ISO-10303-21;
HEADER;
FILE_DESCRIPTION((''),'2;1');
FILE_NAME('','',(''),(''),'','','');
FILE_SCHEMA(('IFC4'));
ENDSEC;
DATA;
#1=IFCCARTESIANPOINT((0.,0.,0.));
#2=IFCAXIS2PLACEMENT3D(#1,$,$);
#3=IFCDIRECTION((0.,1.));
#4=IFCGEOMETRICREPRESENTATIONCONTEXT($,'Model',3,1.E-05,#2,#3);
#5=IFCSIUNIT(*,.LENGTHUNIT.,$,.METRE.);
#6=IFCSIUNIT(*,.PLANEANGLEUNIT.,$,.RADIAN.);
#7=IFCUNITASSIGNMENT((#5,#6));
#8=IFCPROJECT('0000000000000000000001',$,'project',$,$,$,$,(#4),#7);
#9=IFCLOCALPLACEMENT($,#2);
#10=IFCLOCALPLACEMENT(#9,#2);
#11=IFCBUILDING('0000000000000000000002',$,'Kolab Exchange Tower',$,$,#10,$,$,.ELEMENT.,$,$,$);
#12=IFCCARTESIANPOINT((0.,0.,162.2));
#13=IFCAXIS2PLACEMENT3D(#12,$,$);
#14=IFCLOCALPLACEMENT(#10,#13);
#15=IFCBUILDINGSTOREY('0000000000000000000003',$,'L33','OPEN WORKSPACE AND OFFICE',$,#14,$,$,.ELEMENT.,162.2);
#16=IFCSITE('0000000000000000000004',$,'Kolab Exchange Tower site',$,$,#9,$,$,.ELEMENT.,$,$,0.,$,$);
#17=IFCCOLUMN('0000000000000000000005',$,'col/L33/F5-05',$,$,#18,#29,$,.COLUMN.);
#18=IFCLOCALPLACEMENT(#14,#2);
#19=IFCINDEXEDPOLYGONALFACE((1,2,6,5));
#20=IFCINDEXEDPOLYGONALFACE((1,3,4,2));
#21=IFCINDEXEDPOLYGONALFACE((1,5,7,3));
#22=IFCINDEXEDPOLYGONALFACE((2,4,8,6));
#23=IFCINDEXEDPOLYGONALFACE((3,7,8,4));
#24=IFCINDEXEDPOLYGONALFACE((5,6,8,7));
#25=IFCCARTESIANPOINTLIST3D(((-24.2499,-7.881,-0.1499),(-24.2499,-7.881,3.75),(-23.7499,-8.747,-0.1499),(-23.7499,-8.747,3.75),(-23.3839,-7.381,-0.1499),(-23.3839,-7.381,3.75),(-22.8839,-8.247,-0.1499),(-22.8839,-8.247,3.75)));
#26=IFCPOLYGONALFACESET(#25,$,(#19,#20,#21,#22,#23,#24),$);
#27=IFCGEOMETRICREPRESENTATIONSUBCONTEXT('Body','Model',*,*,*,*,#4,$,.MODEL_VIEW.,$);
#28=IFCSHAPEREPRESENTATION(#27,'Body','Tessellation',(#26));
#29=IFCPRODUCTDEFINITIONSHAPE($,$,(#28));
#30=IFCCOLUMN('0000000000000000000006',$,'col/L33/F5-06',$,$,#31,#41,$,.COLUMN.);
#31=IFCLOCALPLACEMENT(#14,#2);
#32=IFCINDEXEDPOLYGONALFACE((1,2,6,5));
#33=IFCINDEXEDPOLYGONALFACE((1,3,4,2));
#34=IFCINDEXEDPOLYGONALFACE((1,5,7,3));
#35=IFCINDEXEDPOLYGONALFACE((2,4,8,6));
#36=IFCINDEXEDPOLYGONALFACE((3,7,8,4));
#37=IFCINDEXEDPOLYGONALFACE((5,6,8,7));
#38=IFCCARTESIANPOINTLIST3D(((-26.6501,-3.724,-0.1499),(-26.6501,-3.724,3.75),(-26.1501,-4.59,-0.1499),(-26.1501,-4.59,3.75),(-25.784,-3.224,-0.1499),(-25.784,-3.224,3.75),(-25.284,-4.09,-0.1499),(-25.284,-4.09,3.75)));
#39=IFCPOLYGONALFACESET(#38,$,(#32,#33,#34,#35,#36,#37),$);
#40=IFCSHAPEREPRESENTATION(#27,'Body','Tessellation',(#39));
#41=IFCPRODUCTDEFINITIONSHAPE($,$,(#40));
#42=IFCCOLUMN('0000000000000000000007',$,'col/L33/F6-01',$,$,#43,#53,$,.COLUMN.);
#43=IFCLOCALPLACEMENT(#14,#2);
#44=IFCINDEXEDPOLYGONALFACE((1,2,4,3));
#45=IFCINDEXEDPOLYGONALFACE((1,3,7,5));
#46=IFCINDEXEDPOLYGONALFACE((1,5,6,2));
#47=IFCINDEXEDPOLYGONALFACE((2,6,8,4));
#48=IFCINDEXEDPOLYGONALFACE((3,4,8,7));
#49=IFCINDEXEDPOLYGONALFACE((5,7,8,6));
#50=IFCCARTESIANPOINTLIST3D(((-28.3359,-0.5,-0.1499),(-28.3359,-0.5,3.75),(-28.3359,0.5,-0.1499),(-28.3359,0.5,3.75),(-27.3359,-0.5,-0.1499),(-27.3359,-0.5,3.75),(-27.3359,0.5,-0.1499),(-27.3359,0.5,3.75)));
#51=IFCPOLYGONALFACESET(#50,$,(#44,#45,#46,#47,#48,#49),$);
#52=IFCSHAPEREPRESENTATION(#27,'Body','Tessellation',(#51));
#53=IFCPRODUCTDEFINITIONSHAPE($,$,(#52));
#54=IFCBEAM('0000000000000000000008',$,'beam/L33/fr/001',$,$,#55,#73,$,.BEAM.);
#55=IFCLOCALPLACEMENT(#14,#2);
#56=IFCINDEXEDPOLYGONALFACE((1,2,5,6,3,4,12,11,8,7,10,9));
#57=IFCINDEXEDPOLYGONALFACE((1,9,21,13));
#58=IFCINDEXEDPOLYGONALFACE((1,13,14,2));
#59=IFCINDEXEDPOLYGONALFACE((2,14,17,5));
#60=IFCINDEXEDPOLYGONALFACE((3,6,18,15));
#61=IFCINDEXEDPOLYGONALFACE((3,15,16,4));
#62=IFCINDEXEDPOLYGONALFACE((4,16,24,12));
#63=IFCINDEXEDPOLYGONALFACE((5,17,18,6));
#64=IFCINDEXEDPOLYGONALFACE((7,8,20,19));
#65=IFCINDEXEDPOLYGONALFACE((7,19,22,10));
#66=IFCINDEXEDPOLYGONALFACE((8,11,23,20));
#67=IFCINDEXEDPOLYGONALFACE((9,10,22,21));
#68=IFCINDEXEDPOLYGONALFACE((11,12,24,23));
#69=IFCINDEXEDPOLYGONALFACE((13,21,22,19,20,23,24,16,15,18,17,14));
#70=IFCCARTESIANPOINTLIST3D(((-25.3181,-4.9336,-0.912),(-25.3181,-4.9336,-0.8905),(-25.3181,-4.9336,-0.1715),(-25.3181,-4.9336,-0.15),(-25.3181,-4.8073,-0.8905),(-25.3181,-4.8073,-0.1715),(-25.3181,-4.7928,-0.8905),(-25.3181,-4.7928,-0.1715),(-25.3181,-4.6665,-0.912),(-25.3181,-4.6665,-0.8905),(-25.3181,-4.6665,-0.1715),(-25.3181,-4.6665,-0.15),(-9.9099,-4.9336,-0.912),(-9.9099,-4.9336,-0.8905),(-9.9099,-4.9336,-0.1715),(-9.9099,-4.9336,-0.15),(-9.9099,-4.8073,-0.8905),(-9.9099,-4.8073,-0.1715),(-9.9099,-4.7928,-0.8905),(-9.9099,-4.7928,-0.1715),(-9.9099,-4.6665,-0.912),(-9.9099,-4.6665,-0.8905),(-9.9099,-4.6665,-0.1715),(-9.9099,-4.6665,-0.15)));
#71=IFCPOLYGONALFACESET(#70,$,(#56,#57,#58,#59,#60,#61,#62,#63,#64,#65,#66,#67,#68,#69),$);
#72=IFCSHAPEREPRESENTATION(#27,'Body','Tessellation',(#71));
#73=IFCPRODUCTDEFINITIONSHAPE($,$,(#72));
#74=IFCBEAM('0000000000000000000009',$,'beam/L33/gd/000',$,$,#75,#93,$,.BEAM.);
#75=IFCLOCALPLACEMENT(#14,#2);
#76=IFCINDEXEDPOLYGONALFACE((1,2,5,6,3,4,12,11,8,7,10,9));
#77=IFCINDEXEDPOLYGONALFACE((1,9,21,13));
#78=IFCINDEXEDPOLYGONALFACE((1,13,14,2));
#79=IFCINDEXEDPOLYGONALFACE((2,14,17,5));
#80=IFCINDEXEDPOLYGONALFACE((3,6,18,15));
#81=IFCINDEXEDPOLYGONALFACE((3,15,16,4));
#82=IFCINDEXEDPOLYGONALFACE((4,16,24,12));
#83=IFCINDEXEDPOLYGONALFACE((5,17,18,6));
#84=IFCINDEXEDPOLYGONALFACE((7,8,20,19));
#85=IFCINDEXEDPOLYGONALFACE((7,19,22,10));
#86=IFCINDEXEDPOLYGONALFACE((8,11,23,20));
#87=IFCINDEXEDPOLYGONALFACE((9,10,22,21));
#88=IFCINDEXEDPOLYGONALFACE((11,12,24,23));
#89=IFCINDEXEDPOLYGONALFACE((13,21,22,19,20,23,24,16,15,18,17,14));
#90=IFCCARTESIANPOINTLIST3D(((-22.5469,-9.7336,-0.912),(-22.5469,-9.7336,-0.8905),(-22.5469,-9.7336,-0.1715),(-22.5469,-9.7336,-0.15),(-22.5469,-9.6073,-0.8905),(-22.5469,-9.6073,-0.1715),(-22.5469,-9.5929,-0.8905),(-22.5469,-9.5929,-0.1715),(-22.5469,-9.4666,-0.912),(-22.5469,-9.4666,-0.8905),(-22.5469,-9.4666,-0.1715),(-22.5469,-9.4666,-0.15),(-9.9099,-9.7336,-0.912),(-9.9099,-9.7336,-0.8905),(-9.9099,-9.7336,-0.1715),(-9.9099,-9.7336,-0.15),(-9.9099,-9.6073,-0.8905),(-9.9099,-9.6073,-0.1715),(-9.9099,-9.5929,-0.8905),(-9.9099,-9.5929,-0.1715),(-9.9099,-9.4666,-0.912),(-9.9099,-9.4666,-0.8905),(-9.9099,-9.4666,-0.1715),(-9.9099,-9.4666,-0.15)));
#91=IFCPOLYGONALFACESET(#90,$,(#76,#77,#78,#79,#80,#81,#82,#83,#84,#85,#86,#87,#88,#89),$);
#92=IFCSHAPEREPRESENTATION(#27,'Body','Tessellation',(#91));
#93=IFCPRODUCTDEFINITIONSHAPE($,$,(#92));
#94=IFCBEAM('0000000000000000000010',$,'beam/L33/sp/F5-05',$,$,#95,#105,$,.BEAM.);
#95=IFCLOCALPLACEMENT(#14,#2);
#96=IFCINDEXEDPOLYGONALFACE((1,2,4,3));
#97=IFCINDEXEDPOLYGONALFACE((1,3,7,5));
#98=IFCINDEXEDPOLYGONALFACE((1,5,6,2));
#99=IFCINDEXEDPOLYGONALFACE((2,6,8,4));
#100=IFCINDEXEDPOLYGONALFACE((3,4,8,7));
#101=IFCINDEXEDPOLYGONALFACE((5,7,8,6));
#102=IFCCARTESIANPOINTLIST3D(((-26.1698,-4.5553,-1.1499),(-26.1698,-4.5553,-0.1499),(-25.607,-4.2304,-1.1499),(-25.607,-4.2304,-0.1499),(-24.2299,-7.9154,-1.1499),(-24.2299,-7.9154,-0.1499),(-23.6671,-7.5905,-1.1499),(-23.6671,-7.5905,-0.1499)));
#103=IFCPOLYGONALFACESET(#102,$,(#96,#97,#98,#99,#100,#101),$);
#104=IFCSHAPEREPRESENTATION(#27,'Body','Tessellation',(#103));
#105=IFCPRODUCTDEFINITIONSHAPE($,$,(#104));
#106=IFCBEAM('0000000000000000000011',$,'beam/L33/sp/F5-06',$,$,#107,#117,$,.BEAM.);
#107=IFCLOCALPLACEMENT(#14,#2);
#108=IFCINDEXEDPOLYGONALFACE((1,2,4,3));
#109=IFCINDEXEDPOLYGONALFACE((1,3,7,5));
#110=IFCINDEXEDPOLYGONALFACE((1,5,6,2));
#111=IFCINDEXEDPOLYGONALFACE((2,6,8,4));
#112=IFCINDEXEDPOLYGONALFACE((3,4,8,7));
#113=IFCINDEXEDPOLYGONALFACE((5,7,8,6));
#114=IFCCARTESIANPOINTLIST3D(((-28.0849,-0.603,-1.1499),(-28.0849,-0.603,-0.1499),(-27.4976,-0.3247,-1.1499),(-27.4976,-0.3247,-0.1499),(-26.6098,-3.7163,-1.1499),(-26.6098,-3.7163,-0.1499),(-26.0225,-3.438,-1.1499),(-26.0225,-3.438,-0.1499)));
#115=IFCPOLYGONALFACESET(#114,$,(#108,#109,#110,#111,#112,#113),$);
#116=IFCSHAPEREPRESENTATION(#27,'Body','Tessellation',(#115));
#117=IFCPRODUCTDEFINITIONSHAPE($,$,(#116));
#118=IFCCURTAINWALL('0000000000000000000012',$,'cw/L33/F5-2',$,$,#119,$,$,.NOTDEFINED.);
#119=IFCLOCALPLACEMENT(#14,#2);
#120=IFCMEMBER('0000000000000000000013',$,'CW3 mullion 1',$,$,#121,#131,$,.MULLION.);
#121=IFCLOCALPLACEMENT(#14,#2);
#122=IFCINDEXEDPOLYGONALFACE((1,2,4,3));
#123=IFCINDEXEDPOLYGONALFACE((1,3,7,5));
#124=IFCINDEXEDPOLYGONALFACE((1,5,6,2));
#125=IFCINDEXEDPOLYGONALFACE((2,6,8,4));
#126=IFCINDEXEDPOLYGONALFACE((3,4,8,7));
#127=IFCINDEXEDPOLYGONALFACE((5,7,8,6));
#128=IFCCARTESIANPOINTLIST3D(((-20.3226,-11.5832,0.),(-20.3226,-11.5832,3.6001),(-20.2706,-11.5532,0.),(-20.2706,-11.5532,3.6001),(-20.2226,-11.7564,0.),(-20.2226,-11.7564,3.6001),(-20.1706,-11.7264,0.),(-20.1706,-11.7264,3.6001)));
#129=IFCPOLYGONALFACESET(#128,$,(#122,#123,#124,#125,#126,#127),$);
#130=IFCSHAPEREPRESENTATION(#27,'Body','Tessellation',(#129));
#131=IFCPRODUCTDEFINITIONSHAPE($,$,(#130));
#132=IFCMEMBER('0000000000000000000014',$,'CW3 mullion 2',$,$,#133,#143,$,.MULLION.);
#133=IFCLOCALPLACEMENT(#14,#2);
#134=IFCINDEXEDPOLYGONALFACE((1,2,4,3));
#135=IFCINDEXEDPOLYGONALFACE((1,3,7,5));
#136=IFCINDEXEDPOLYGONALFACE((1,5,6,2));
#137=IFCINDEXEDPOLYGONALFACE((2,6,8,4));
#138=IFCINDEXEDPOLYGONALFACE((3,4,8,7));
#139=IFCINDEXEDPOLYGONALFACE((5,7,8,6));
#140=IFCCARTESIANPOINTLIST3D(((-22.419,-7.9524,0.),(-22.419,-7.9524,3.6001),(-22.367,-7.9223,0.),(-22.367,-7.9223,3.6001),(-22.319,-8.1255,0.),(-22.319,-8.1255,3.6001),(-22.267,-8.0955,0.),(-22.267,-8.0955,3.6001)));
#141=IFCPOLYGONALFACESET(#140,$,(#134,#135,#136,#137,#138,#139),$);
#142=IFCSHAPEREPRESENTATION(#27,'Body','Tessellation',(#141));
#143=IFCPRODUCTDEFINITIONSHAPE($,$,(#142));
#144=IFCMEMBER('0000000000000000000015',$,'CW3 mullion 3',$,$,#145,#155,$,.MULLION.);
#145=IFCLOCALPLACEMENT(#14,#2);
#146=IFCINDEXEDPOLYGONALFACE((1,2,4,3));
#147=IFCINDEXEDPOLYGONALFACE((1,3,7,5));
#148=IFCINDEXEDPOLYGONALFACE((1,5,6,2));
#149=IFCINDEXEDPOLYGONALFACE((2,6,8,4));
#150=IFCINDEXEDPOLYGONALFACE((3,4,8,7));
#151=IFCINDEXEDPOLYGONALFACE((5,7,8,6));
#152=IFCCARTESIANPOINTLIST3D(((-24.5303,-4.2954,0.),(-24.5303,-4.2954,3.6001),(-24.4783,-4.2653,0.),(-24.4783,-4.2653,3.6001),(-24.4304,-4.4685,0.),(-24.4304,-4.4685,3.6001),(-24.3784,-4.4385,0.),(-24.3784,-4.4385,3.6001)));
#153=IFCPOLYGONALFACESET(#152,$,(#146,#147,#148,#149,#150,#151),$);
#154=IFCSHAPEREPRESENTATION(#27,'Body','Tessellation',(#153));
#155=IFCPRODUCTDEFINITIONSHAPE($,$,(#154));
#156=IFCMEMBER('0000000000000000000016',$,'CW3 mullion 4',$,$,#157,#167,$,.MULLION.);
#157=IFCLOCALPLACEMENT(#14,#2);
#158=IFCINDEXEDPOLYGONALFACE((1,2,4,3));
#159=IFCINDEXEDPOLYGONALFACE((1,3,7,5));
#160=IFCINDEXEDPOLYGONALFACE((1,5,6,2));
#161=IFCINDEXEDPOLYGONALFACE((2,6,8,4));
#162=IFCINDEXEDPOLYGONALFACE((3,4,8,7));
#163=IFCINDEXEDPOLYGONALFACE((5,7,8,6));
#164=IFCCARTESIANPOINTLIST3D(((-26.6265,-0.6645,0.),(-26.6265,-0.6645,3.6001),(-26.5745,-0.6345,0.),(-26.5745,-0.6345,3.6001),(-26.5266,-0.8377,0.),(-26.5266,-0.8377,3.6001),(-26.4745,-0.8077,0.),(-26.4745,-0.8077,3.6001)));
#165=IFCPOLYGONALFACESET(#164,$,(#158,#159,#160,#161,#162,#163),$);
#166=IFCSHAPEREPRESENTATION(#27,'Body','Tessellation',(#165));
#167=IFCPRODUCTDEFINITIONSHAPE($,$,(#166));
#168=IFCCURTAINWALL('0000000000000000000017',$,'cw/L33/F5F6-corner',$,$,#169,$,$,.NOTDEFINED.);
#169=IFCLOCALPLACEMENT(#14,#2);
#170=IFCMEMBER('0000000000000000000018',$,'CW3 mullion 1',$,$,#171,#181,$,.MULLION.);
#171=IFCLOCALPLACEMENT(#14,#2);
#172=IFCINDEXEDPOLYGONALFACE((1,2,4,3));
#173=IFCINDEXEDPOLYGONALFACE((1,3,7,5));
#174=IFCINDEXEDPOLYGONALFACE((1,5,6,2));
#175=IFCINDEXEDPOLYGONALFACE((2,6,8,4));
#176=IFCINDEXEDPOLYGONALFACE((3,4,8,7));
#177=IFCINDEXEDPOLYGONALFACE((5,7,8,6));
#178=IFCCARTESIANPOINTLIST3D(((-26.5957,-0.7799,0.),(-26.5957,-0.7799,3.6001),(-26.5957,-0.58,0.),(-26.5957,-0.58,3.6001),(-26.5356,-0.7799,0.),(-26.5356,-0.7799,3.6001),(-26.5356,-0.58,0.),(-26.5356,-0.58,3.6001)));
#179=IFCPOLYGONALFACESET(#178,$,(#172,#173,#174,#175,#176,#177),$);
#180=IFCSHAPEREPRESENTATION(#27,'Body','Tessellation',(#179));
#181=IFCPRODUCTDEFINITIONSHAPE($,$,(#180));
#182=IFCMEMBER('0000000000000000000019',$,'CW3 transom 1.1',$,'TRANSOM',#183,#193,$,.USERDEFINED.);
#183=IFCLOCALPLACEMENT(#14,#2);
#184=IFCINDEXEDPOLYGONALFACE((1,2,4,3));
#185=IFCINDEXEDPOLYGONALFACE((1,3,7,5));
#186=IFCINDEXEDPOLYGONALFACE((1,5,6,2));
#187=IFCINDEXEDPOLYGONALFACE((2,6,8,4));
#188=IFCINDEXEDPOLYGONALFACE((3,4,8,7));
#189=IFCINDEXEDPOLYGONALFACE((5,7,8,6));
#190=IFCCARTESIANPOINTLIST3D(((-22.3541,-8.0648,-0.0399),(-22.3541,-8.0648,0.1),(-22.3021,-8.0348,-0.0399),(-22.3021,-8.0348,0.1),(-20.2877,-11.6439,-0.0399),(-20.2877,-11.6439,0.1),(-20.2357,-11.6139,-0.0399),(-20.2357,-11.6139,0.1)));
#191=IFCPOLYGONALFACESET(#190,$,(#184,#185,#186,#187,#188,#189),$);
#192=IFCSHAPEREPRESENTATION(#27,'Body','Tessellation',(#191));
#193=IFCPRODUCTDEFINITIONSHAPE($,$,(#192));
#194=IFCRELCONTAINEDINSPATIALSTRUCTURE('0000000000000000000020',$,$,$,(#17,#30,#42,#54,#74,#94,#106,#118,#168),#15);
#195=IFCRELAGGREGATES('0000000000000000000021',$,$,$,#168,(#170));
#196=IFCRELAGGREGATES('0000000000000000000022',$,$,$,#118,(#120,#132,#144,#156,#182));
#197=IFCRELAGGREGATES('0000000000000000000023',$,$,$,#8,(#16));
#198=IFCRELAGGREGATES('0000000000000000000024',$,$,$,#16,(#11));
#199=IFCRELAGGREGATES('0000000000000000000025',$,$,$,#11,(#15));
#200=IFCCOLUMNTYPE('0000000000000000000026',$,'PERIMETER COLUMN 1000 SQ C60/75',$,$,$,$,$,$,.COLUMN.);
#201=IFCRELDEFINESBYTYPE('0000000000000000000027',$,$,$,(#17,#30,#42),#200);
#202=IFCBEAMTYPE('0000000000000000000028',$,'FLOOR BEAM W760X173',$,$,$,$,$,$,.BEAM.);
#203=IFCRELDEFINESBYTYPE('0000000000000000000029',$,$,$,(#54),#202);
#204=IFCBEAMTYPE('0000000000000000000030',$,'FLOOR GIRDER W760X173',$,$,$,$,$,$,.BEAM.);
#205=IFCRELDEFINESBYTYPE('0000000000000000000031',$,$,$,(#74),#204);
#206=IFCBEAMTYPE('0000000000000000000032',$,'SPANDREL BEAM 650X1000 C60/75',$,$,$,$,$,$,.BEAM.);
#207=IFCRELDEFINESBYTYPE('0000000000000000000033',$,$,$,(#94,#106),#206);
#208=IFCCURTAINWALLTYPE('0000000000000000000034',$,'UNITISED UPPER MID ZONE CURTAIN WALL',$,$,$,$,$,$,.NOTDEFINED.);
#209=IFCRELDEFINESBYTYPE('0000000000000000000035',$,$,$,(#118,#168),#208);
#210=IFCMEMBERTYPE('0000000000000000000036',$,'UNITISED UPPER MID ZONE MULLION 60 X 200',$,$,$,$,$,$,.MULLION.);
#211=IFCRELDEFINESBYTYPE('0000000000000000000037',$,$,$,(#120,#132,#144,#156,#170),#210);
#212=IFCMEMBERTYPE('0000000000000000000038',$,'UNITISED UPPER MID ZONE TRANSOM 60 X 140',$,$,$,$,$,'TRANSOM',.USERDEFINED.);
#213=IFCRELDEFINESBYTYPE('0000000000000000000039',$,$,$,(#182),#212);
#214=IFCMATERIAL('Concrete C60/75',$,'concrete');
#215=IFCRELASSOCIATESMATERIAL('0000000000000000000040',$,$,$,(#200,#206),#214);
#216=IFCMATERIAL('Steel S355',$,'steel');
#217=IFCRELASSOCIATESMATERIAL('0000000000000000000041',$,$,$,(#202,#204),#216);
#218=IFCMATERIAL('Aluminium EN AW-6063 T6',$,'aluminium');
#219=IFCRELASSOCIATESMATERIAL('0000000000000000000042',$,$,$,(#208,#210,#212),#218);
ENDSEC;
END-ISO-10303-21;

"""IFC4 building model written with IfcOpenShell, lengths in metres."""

from ifc_helpers import new_model, si_unit, direction, frame, origin, origin_2d, place, context, subcontext, project, spatial, rectangle, i_section, extrude, material, material_profile, profile_set, type_object, element, aggregate, save


model = new_model("IFC4")

# Units and contexts
model_context = context("Model", 3, precision=1e-05, world=origin(), true_north=direction((0.0, 1.0)))
body_context = subcontext(model_context, "Body", "Model", "MODEL_VIEW")
ifc_project = project(units=[si_unit("LENGTHUNIT", "METRE"), si_unit("PLANEANGLEUNIT", "RADIAN")], contexts=[model_context])

# Site, building, storey
site_placement = place(None, origin())
site = spatial("IfcSite", under=ifc_project, at=site_placement, Name="Kolab Exchange Tower site", CompositionType="ELEMENT", RefElevation=0.0)
building_placement = place(site_placement, origin())
building = spatial("IfcBuilding", under=site, at=building_placement, Name="Kolab Exchange Tower", CompositionType="ELEMENT")
storey_placement = place(building_placement, frame((0.0, 0.0, 162.2)))
storey = spatial("IfcBuildingStorey", under=building, at=storey_placement, Name="L33", Description="OPEN WORKSPACE AND OFFICE", CompositionType="ELEMENT", Elevation=162.2)

# Columns
ifc_material_1 = material(Name="Concrete C60/75", Category="concrete")
ifc_material_profile_1 = material_profile(ifc_material_1, rectangle(XDim=1.0, YDim=1.0, at=origin_2d()), Name="RC1000")
ifc_profile_set_1 = profile_set([ifc_material_profile_1], Name="Concrete C60/75")
column_type = type_object("IfcColumnType", Name="PERIMETER COLUMN 1000 SQ C60/75", PredefinedType="COLUMN", material=ifc_profile_set_1)
for number, where, z_axis, x_axis, name in (
    (1, (-23.5669, -8.064, -0.1499), (0.0, 0.0, 1.0), (0.866025, 0.5, 0.0), "col/L33/F5-05"),
    (2, (-25.967, -3.907, -0.1499), (0.0, 0.0, 1.0), (0.866025, 0.5, 0.0), "col/L33/F5-06"),
    (3, (-27.8359, 0.0, -0.1499), (0.0, 0.0, 1.0), (1.0, 0.0, 0.0), "col/L33/F6-01"),
):
    element("IfcColumn", number, at=place(storey_placement, frame(where, z_axis=z_axis, x_axis=x_axis)), inside=storey, type_object=column_type, Name=name, PredefinedType="COLUMN", context=body_context, shape_type="SweptSolid", body=[
        extrude(rectangle(XDim=1.0, YDim=1.0, at=origin_2d()), origin(), (0.0, 0.0, 1.0), 3.8999),
    ])

# Beams
ifc_material_2 = material(Name="Steel S355", Category="steel")
ifc_material_profile_2 = material_profile(ifc_material_2, i_section(OverallWidth=0.2671, OverallDepth=0.762, WebThickness=0.0144, FlangeThickness=0.0215, at=origin_2d()), Name="W760X173")
ifc_profile_set_2 = profile_set([ifc_material_profile_2], Name="Steel S355")
beam_type_1 = type_object("IfcBeamType", Name="FLOOR BEAM W760X173", PredefinedType="BEAM", material=ifc_profile_set_2)
beam_1_placement = place(storey_placement, frame((-25.3181, -4.8, -0.531), z_axis=(1.0, 0.0, 0.0), x_axis=(0.0, 1.0, 0.0)))
element("IfcBeam", 4, at=beam_1_placement, inside=storey, type_object=beam_type_1, Name="beam/L33/fr/001", PredefinedType="BEAM", context=body_context, shape_type="SweptSolid", body=[
    extrude(i_section(OverallWidth=0.2671, OverallDepth=0.762, WebThickness=0.0144, FlangeThickness=0.0215, at=origin_2d()), origin(), (0.0, 0.0, 1.0), 15.4082),
])
ifc_material_profile_3 = material_profile(ifc_material_2, i_section(OverallWidth=0.2671, OverallDepth=0.762, WebThickness=0.0144, FlangeThickness=0.0215, at=origin_2d()), Name="W760X173")
ifc_profile_set_3 = profile_set([ifc_material_profile_3], Name="Steel S355")
beam_type_2 = type_object("IfcBeamType", Name="FLOOR GIRDER W760X173", PredefinedType="BEAM", material=ifc_profile_set_3)
beam_2_placement = place(storey_placement, frame((-22.5469, -9.6001, -0.531), z_axis=(1.0, 0.0, 0.0), x_axis=(0.0, 1.0, 0.0)))
element("IfcBeam", 5, at=beam_2_placement, inside=storey, type_object=beam_type_2, Name="beam/L33/gd/000", PredefinedType="BEAM", context=body_context, shape_type="SweptSolid", body=[
    extrude(i_section(OverallWidth=0.2671, OverallDepth=0.762, WebThickness=0.0144, FlangeThickness=0.0215, at=origin_2d()), origin(), (0.0, 0.0, 1.0), 12.637),
])
ifc_material_profile_4 = material_profile(ifc_material_1, rectangle(XDim=0.6499, YDim=1.0, at=origin_2d()), Name="RC650X1000")
ifc_profile_set_4 = profile_set([ifc_material_profile_4], Name="Concrete C60/75")
beam_type_3 = type_object("IfcBeamType", Name="SPANDREL BEAM 650X1000 C60/75", PredefinedType="BEAM", material=ifc_profile_set_4)
beam_3_placement = place(storey_placement, frame((-23.9485, -7.7529, -0.6499), z_axis=(-0.499997, 0.866027, 0.0), x_axis=(-0.866027, -0.499997, 0.0)))
element("IfcBeam", 6, at=beam_3_placement, inside=storey, type_object=beam_type_3, Name="beam/L33/sp/F5-05", PredefinedType="BEAM", context=body_context, shape_type="SweptSolid", body=[
    extrude(rectangle(XDim=0.6499, YDim=1.0, at=origin_2d()), origin(), (0.0, 0.0, 1.0), 3.8799),
])
beam_4_placement = place(storey_placement, frame((-26.3162, -3.5771, -0.6499), z_axis=(-0.428178, 0.903695, 0.0), x_axis=(-0.903695, -0.428178, 0.0)))
element("IfcBeam", 7, at=beam_4_placement, inside=storey, type_object=beam_type_3, Name="beam/L33/sp/F5-06", PredefinedType="BEAM", context=body_context, shape_type="SweptSolid", body=[
    extrude(rectangle(XDim=0.6499, YDim=1.0, at=origin_2d()), origin(), (0.0, 0.0, 1.0), 3.4451),
])

# Curtain wall, members
ifc_material_3 = material(Name="Aluminium EN AW-6063 T6", Category="aluminium")
curtain_wall_type = type_object("IfcCurtainWallType", Name="UNITISED UPPER MID ZONE CURTAIN WALL", PredefinedType="NOTDEFINED", material=ifc_material_3)
curtain_wall_1_placement = place(storey_placement, origin())
curtain_wall_1 = element("IfcCurtainWall", 8, at=curtain_wall_1_placement, inside=storey, type_object=curtain_wall_type, Name="cw/L33/F5-2", PredefinedType="NOTDEFINED")
ifc_material_profile_5 = material_profile(ifc_material_3, rectangle(XDim=0.0601, YDim=0.2, at=origin_2d()), Name="RECT 60X200")
ifc_profile_set_5 = profile_set([ifc_material_profile_5], Name="Aluminium EN AW-6063 T6")
member_type_1 = type_object("IfcMemberType", Name="UNITISED UPPER MID ZONE MULLION 60 X 200", PredefinedType="MULLION", material=ifc_profile_set_5)
member_1_placement = place(storey_placement, frame((-20.2466, -11.6548, 0.0), z_axis=(0.0, 0.0, 1.0), x_axis=(-0.866025, -0.5, 0.0)))
member_1 = element("IfcMember", 9, at=member_1_placement, type_object=member_type_1, Name="CW3 mullion 1", PredefinedType="MULLION", context=body_context, shape_type="SweptSolid", body=[
    extrude(rectangle(XDim=0.0601, YDim=0.2, at=origin_2d()), origin(), (0.0, 0.0, 1.0), 3.6001),
])
member_2_placement = place(storey_placement, frame((-22.343, -8.0239, 0.0), z_axis=(0.0, 0.0, 1.0), x_axis=(-0.866025, -0.5, 0.0)))
member_2 = element("IfcMember", 10, at=member_2_placement, type_object=member_type_1, Name="CW3 mullion 2", PredefinedType="MULLION", context=body_context, shape_type="SweptSolid", body=[
    extrude(rectangle(XDim=0.0601, YDim=0.2, at=origin_2d()), origin(), (0.0, 0.0, 1.0), 3.6001),
])
member_3_placement = place(storey_placement, frame((-24.4543, -4.3669, 0.0), z_axis=(0.0, 0.0, 1.0), x_axis=(-0.866025, -0.5, 0.0)))
member_3 = element("IfcMember", 11, at=member_3_placement, type_object=member_type_1, Name="CW3 mullion 3", PredefinedType="MULLION", context=body_context, shape_type="SweptSolid", body=[
    extrude(rectangle(XDim=0.0601, YDim=0.2, at=origin_2d()), origin(), (0.0, 0.0, 1.0), 3.6001),
])
member_4_placement = place(storey_placement, frame((-26.5505, -0.7361, 0.0), z_axis=(0.0, 0.0, 1.0), x_axis=(-0.866025, -0.5, 0.0)))
member_4 = element("IfcMember", 12, at=member_4_placement, type_object=member_type_1, Name="CW3 mullion 4", PredefinedType="MULLION", context=body_context, shape_type="SweptSolid", body=[
    extrude(rectangle(XDim=0.0601, YDim=0.2, at=origin_2d()), origin(), (0.0, 0.0, 1.0), 3.6001),
])

# Curtain wall, member
curtain_wall_2_placement = place(storey_placement, origin())
curtain_wall_2 = element("IfcCurtainWall", 13, at=curtain_wall_2_placement, inside=storey, type_object=curtain_wall_type, Name="cw/L33/F5F6-corner", PredefinedType="NOTDEFINED")
member_5_placement = place(storey_placement, frame((-26.5657, -0.6799, 0.0), z_axis=(0.0, 0.0, 1.0), x_axis=(-1.0, 0.0, 0.0)))
member_5 = element("IfcMember", 14, at=member_5_placement, type_object=member_type_1, Name="CW3 mullion 1", PredefinedType="MULLION", context=body_context, shape_type="SweptSolid", body=[
    extrude(rectangle(XDim=0.0601, YDim=0.2, at=origin_2d()), origin(), (0.0, 0.0, 1.0), 3.6001),
])

# Member
ifc_material_profile_6 = material_profile(ifc_material_3, rectangle(XDim=0.0601, YDim=0.1399, at=origin_2d()), Name="RECT 60X140")
ifc_profile_set_6 = profile_set([ifc_material_profile_6], Name="Aluminium EN AW-6063 T6")
member_type_2 = type_object("IfcMemberType", Name="UNITISED UPPER MID ZONE TRANSOM 60 X 140", ElementType="TRANSOM", PredefinedType="USERDEFINED", material=ifc_profile_set_6)
member_6_placement = place(storey_placement, frame((-20.2617, -11.6289, 0.03), z_axis=(-0.500002, 0.866024, 0.0), x_axis=(-0.866024, -0.500002, 0.0)))
member_6 = element("IfcMember", 15, at=member_6_placement, type_object=member_type_2, Name="CW3 transom 1.1", ObjectType="TRANSOM", PredefinedType="USERDEFINED", context=body_context, shape_type="SweptSolid", body=[
    extrude(rectangle(XDim=0.0601, YDim=0.1399, at=origin_2d()), origin(), (0.0, 0.0, 1.0), 4.1328),
])
aggregate(curtain_wall_2, [member_5])

aggregate(curtain_wall_1, [member_1, member_2, member_3, member_4, member_6])

save(model, "model.ifc")
